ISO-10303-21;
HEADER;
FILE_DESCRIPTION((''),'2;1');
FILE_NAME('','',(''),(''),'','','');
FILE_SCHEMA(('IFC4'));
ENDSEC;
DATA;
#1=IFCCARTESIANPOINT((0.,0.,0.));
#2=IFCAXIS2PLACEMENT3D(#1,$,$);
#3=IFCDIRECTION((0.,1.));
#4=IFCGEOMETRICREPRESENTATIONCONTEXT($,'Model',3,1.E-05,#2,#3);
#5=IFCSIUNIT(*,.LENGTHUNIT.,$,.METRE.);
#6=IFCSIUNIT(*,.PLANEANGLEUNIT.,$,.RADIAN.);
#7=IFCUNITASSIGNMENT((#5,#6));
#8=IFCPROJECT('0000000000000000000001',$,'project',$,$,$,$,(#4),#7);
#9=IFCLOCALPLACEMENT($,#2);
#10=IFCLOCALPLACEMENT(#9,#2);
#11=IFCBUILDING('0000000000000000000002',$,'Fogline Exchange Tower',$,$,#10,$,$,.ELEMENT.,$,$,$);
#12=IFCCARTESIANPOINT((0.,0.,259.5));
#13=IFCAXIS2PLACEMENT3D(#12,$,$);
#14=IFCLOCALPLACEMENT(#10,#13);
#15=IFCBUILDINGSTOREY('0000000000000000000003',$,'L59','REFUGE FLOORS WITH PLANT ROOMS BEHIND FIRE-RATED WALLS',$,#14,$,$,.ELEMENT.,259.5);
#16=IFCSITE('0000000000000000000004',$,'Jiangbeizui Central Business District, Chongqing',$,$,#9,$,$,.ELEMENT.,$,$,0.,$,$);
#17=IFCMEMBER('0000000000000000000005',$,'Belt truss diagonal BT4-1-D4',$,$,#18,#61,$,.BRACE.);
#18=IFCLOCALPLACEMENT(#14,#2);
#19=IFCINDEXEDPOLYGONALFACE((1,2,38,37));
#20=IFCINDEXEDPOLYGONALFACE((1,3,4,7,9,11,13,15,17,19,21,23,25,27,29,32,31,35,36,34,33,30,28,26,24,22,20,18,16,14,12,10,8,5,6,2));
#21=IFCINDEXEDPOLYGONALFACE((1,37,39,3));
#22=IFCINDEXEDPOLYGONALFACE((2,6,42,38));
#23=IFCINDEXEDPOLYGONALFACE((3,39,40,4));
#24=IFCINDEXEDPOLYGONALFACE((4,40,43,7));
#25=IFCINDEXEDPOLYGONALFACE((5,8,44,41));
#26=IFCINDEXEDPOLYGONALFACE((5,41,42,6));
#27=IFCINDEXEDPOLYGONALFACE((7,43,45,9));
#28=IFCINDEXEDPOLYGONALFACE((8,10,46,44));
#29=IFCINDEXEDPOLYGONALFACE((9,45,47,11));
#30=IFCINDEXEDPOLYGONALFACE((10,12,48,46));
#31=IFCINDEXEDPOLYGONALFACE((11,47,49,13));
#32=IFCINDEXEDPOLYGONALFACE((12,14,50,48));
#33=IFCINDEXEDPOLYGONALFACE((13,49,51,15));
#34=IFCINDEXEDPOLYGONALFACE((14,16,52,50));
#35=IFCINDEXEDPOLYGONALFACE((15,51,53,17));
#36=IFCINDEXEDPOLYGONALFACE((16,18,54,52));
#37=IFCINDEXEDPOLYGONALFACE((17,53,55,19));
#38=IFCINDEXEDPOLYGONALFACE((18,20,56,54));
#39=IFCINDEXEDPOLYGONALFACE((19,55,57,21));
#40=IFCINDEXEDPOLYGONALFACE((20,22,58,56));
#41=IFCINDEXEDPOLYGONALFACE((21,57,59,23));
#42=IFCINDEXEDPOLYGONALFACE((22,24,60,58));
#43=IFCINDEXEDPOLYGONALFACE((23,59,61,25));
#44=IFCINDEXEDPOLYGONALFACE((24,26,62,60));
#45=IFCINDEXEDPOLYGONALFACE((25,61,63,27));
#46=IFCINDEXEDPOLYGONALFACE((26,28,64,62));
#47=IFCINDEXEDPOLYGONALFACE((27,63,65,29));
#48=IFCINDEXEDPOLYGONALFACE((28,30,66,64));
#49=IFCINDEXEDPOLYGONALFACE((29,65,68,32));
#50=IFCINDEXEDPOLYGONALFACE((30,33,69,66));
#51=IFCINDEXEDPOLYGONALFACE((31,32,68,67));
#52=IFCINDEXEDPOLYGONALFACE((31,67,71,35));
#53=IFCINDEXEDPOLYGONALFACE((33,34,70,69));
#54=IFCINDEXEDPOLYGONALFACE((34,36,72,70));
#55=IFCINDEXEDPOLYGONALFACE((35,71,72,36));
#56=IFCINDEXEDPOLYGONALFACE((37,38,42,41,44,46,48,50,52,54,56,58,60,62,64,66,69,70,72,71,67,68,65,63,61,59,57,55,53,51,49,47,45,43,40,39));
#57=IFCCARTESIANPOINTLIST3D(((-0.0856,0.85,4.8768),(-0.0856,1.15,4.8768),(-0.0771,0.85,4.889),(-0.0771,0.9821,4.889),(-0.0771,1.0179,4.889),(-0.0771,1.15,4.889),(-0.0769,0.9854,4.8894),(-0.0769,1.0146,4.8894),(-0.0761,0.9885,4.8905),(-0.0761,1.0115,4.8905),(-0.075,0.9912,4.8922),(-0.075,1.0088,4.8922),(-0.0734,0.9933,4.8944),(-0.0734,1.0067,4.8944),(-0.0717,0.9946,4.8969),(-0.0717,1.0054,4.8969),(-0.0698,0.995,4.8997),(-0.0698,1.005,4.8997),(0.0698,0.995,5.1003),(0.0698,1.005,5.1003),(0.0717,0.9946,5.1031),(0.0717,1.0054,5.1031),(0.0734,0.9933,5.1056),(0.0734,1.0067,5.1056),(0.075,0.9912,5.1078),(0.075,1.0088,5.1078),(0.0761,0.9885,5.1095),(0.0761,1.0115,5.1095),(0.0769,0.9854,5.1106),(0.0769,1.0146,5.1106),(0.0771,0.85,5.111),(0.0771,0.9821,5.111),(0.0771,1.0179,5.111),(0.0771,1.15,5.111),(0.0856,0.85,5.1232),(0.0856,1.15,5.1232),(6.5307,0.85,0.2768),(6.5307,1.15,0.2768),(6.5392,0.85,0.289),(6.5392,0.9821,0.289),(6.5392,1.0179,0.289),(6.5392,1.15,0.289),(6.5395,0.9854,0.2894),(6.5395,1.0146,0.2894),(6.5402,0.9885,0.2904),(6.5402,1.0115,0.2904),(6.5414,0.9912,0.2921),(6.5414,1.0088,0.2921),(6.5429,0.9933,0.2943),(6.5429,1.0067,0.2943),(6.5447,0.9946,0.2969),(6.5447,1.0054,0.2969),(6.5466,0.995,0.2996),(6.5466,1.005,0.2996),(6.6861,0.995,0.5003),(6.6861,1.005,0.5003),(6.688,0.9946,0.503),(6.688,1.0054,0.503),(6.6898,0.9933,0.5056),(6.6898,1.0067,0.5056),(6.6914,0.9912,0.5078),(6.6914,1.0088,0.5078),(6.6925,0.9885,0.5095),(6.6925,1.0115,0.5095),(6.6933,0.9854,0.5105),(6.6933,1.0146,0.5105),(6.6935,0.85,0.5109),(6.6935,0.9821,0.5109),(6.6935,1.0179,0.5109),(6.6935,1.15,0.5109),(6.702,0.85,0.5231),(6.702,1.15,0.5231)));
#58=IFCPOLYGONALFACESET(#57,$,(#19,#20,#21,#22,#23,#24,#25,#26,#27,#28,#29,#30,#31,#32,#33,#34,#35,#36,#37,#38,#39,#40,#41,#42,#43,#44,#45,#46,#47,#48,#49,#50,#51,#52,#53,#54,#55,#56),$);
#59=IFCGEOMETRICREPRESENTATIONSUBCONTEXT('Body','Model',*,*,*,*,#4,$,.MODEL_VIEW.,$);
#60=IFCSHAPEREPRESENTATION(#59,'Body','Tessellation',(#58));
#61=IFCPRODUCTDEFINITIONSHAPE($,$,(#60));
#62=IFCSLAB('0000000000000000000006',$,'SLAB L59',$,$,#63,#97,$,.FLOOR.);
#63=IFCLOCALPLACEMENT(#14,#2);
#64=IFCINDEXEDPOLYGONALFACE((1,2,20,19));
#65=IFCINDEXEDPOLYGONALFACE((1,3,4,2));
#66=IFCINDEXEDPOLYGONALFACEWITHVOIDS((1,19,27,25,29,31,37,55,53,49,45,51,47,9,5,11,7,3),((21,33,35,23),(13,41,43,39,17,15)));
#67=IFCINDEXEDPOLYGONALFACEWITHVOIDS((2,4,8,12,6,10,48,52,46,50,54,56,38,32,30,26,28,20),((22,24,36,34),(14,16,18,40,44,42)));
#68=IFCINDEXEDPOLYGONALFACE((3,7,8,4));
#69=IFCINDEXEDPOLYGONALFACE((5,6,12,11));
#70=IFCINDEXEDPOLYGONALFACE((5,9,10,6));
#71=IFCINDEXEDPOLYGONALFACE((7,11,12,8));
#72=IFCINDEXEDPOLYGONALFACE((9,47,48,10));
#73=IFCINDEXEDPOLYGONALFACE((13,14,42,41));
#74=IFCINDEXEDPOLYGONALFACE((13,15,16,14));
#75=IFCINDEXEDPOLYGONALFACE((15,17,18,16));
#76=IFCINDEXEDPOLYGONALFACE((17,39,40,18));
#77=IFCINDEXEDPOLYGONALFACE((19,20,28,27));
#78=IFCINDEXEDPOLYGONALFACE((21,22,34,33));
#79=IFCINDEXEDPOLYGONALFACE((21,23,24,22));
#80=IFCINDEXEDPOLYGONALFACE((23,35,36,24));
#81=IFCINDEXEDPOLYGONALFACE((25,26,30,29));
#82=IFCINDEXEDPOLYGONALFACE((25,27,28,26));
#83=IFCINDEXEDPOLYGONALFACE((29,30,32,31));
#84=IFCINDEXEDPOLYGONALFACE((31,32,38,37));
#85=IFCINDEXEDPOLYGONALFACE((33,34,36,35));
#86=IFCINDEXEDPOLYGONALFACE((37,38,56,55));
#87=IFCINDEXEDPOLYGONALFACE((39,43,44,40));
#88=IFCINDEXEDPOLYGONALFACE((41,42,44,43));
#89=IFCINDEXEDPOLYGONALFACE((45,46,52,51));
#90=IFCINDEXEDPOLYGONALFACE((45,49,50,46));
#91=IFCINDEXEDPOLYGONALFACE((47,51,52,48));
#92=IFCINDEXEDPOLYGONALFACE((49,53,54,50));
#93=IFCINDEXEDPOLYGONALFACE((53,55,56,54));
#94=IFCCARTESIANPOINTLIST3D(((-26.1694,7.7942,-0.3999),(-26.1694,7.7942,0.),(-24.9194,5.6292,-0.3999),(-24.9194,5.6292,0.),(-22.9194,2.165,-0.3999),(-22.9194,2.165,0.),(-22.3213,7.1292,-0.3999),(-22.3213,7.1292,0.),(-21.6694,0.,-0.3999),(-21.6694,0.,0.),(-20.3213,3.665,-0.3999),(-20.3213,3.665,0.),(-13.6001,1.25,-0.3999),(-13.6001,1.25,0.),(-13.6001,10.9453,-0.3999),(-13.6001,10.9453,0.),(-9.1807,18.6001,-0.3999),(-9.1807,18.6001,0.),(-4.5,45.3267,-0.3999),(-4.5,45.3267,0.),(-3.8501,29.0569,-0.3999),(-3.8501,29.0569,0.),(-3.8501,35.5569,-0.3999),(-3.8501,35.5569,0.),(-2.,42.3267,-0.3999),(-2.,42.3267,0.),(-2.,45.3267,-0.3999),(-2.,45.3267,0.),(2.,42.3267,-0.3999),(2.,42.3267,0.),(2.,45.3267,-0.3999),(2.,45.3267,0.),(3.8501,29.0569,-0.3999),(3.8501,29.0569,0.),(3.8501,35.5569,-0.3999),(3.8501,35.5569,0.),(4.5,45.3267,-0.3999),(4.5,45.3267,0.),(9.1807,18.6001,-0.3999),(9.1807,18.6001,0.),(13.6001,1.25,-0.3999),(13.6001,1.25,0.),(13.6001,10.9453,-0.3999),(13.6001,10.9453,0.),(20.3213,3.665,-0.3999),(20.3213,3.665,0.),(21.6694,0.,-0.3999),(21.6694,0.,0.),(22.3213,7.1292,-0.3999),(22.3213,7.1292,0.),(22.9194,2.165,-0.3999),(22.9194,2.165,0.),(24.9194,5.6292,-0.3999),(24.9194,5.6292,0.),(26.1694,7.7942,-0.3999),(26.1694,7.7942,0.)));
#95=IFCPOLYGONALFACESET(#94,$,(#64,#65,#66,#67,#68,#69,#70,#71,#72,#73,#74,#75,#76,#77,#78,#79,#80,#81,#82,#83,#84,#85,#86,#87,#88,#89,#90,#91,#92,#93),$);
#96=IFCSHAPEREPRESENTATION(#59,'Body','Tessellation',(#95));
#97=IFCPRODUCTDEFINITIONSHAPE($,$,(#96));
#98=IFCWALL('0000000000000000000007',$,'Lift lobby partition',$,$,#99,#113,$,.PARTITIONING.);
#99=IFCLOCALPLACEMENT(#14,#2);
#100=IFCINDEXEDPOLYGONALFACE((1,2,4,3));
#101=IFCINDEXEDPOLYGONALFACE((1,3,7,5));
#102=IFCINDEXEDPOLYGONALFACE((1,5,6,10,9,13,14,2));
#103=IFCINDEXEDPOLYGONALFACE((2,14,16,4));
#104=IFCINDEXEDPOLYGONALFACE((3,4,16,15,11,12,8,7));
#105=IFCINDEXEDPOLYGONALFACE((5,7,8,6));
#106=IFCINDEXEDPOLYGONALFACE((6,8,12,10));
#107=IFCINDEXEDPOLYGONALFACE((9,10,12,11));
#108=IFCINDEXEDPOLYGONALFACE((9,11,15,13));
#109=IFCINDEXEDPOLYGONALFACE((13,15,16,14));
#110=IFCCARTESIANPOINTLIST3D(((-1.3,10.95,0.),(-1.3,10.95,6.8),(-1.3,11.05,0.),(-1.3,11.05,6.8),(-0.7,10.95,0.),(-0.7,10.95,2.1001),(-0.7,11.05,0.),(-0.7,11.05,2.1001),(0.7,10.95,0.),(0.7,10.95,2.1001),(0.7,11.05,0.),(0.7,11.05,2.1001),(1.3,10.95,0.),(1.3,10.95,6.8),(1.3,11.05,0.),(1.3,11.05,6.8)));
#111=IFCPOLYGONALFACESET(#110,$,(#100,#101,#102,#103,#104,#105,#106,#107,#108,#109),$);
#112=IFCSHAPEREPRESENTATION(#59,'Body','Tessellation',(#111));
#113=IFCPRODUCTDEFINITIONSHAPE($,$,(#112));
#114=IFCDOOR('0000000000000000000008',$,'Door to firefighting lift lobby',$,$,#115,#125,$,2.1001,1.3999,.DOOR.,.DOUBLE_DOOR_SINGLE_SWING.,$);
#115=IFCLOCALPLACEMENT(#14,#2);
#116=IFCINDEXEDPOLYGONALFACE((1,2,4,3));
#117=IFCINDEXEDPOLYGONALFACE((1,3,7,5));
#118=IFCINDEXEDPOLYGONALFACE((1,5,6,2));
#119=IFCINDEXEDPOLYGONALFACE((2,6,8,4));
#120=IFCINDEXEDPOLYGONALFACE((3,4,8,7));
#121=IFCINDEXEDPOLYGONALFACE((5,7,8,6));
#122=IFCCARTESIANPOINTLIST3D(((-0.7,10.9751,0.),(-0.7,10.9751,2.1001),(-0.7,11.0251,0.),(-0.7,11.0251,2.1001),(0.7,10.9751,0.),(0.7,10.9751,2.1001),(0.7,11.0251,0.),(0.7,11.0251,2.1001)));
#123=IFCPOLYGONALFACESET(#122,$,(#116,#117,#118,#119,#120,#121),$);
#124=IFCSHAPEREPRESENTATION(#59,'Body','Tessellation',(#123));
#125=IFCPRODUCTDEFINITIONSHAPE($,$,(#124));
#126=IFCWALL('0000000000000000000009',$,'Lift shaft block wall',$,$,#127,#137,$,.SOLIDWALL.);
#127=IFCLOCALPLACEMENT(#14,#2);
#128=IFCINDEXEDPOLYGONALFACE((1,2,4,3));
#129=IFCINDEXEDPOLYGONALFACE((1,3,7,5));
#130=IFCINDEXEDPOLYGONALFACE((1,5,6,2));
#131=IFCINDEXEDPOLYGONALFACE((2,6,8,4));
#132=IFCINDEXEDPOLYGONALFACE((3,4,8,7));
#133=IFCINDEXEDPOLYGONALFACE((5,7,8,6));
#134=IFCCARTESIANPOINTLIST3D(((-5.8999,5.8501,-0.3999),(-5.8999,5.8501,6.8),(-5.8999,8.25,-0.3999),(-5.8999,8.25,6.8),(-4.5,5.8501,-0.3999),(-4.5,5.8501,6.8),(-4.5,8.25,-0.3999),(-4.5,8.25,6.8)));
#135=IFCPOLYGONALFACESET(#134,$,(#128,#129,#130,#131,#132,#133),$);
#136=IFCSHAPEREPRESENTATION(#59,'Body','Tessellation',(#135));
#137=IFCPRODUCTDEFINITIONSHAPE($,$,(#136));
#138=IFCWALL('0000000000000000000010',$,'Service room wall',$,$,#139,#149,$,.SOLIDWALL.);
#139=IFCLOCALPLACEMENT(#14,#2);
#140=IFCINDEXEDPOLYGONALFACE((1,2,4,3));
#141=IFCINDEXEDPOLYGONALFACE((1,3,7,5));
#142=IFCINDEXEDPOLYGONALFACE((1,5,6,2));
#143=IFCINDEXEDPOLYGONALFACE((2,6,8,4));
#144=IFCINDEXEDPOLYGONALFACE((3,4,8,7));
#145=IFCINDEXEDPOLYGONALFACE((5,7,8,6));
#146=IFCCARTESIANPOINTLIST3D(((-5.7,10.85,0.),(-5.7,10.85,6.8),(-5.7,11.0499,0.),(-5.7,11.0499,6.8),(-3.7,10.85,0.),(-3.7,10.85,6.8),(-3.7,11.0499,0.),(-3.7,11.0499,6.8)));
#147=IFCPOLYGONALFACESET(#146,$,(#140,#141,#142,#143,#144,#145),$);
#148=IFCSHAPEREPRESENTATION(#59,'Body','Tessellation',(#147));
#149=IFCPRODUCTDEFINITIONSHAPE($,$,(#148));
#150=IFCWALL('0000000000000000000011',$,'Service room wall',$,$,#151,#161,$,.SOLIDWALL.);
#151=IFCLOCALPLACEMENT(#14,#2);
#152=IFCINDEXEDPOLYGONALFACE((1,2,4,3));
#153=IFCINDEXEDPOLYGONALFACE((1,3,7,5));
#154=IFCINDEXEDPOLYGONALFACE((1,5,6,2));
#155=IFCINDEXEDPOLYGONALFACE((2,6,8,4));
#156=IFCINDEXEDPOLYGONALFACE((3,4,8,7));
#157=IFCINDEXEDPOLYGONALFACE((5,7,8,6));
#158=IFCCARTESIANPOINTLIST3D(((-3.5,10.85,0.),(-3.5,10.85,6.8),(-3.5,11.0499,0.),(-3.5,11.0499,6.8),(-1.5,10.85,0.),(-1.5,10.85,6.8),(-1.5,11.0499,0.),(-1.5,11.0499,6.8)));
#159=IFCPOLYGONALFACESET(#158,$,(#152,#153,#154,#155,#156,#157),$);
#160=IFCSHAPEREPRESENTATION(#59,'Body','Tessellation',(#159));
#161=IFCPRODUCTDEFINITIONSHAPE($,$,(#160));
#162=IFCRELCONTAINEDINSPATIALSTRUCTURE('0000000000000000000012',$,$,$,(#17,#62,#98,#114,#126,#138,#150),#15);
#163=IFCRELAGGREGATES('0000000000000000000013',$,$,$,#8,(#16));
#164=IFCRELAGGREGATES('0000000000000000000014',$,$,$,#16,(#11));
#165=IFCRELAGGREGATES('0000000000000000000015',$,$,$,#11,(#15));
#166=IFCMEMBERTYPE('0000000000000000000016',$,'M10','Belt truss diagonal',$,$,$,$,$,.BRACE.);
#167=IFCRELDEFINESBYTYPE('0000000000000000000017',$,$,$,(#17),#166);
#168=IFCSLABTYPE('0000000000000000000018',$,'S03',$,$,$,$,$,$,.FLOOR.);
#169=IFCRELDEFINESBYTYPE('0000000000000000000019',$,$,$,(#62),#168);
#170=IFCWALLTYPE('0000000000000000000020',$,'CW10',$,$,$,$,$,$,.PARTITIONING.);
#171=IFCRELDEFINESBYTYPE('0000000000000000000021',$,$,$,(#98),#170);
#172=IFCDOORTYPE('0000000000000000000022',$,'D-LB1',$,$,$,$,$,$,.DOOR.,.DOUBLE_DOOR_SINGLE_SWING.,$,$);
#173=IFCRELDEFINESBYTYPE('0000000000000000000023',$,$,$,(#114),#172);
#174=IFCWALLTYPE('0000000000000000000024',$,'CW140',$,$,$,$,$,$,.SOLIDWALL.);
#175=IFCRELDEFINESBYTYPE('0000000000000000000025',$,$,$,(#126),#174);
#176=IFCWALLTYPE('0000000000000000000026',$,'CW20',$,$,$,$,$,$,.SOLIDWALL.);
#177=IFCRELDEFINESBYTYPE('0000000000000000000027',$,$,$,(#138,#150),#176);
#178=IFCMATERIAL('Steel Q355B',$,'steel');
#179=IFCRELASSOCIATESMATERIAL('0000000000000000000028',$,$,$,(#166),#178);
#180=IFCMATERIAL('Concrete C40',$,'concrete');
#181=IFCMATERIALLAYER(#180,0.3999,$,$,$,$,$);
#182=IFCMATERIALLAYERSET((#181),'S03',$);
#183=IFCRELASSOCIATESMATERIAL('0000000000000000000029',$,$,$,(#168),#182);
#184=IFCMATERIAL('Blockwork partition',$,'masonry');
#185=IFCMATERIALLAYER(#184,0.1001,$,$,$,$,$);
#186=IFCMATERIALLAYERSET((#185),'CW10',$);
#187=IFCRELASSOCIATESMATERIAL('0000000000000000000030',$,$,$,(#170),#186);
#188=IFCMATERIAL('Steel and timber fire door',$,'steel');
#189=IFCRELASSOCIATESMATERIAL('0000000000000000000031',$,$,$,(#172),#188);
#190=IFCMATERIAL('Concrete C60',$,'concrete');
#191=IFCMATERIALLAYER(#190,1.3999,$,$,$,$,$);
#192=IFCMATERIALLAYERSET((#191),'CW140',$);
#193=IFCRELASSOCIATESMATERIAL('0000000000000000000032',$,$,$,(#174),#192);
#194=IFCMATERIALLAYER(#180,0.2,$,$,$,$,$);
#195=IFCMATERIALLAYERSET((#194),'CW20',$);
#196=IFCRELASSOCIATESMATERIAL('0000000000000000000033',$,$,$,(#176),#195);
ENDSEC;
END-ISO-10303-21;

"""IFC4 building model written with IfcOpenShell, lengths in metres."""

from ifc_helpers import new_model, si_unit, direction, frame, frame_2d, origin, origin_2d, place, context, subcontext, project, spatial, polyline, rectangle, i_section, outline, extrude, material, layer, layer_set, material_profile, profile_set, type_object, element, fill, save


model = new_model("IFC4")

# Units and contexts
model_context = context("Model", 3, precision=1e-05, world=origin(), true_north=direction((0.0, 1.0)))
body_context = subcontext(model_context, "Body", "Model", "MODEL_VIEW")
ifc_project = project(units=[si_unit("LENGTHUNIT", "METRE"), si_unit("PLANEANGLEUNIT", "RADIAN")], contexts=[model_context])

# Site, building, storey
site_placement = place(None, origin())
site = spatial("IfcSite", under=ifc_project, at=site_placement, Name="Jiangbeizui Central Business District, Chongqing", CompositionType="ELEMENT", RefElevation=0.0)
building_placement = place(site_placement, origin())
building = spatial("IfcBuilding", under=site, at=building_placement, Name="Fogline Exchange Tower", CompositionType="ELEMENT")
storey_placement = place(building_placement, frame((0.0, 0.0, 259.5)))
storey = spatial("IfcBuildingStorey", under=building, at=storey_placement, Name="L59", Description="REFUGE FLOORS WITH PLANT ROOMS BEHIND FIRE-RATED WALLS", CompositionType="ELEMENT", Elevation=259.5)

# Member
ifc_material_1 = material(Name="Steel Q355B", Category="steel")
ifc_material_profile = material_profile(ifc_material_1, i_section(OverallWidth=0.3, OverallDepth=0.3, WebThickness=0.01, FlangeThickness=0.0149, FilletRadius=0.0129, at=origin_2d()), Name="HW300X300X10X15")
ifc_profile_set = profile_set([ifc_material_profile], Name="Steel Q355B")
member_type = type_object("IfcMemberType", Name="M10", Description="Belt truss diagonal", PredefinedType="BRACE", material=ifc_profile_set)
member_placement = place(storey_placement, frame((0.0, 1.0, 5.0), z_axis=(0.82106, 0.0, -0.570843), x_axis=(0.0, 1.0, 0.0)))
element("IfcMember", 1, at=member_placement, inside=storey, type_object=member_type, Name="Belt truss diagonal BT4-1-D4", PredefinedType="BRACE", context=body_context, shape_type="SweptSolid", body=[
    extrude(i_section(OverallWidth=0.3, OverallDepth=0.3, WebThickness=0.01, FlangeThickness=0.0149, FilletRadius=0.0129, at=origin_2d()), origin(), (0.0, 0.0, 1.0), 8.0583),
])

# Slab
ifc_material_2 = material(Name="Concrete C40", Category="concrete")
ifc_layer_1 = layer(ifc_material_2, 0.3999)
ifc_layer_set_1 = layer_set([ifc_layer_1], Name="S03")
slab_type = type_object("IfcSlabType", Name="S03", PredefinedType="FLOOR", material=ifc_layer_set_1)
slab_placement = place(storey_placement, frame((0.0, 0.0, -0.3999)))
element("IfcSlab", 2, at=slab_placement, inside=storey, type_object=slab_type, Name="SLAB L59", PredefinedType="FLOOR", context=body_context, shape_type="SweptSolid", body=[
    extrude(outline(polyline([(-2.0, 45.3267), (-4.5, 45.3267), (-26.1694, 7.7942), (-24.9194, 5.6292), (-22.3213, 7.1292), (-20.3213, 3.665), (-22.9194, 2.165), (-21.6694, 0.0), (21.6694, 0.0), (22.9194, 2.165), (20.3213, 3.665), (22.3213, 7.1292), (24.9194, 5.6292), (26.1694, 7.7942), (4.5, 45.3267), (2.0, 45.3267), (2.0, 42.3267), (-2.0, 42.3267), (-2.0, 45.3267)]), holes=[polyline([(13.6001, 10.9453), (13.6001, 1.25), (-13.6001, 1.25), (-13.6001, 10.9453), (-9.1807, 18.6001), (9.1807, 18.6001), (13.6001, 10.9453)]), polyline([(3.8501, 35.5569), (3.8501, 29.0569), (-3.8501, 29.0569), (-3.8501, 35.5569), (3.8501, 35.5569)])]), origin(), (0.0, 0.0, 1.0), 0.3999),
])

# Wall, opening, door
ifc_material_3 = material(Name="Blockwork partition", Category="masonry")
ifc_layer_2 = layer(ifc_material_3, 0.1001)
ifc_layer_set_2 = layer_set([ifc_layer_2], Name="CW10")
wall_type_1 = type_object("IfcWallType", Name="CW10", PredefinedType="PARTITIONING", material=ifc_layer_set_2)
wall_1_placement = place(storey_placement, frame((-1.3, 11.0, 0.0), z_axis=(0.0, 0.0, 1.0), x_axis=(1.0, 0.0, 0.0)))
wall_1 = element("IfcWall", 3, at=wall_1_placement, inside=storey, type_object=wall_type_1, Name="Lift lobby partition", PredefinedType="PARTITIONING", context=body_context, shape_type="SweptSolid", body=[
    extrude(rectangle(XDim=2.6001, YDim=0.1001, at=frame_2d((1.3, 0.0))), origin(), (0.0, 0.0, 1.0), 6.8),
])
opening_1_placement = place(wall_1_placement, frame((0.6001, 0.0, 0.0)))
opening_1 = element("IfcOpeningElement", 4, at=opening_1_placement, cuts=wall_1, PredefinedType="OPENING", context=body_context, shape_type="SweptSolid", body=[
    extrude(rectangle(XDim=1.3999, YDim=2.1001, at=frame_2d((0.7, 1.05))), frame((0.0, 0.0601, 0.0), z_axis=(0.0, -1.0, 0.0), x_axis=(1.0, 0.0, 0.0)), (0.0, 0.0, 1.0), 0.1201),
])
ifc_material_4 = material(Name="Steel and timber fire door", Category="steel")
door_type_1 = type_object("IfcDoorType", Name="D-LB1", OperationType="DOUBLE_DOOR_SINGLE_SWING", PredefinedType="DOOR", material=ifc_material_4)
door_1_placement = place(opening_1_placement, frame((1.3999, 0.0, 0.0), z_axis=(0.0, 0.0, 1.0), x_axis=(-1.0, 0.0, 0.0)))
door_1 = element("IfcDoor", 5, at=door_1_placement, inside=storey, type_object=door_type_1, Name="Door to firefighting lift lobby", OperationType="DOUBLE_DOOR_SINGLE_SWING", OverallHeight=2.1001, OverallWidth=1.3999, PredefinedType="DOOR", context=body_context, shape_type="SweptSolid", body=[
    extrude(rectangle(XDim=1.3999, YDim=2.1001, at=frame_2d((0.7, 1.05))), frame((0.0, 0.0249, 0.0), z_axis=(0.0, -1.0, 0.0), x_axis=(1.0, 0.0, 0.0)), (0.0, 0.0, 1.0), 0.05),
])
fill(opening_1, door_1)

# Walls
ifc_material_5 = material(Name="Concrete C60", Category="concrete")
ifc_layer_3 = layer(ifc_material_5, 1.3999)
ifc_layer_set_3 = layer_set([ifc_layer_3], Name="CW140")
wall_type_2 = type_object("IfcWallType", Name="CW140", PredefinedType="SOLIDWALL", material=ifc_layer_set_3)
wall_2_placement = place(storey_placement, frame((-5.2, 5.8501, -0.3999), z_axis=(0.0, 0.0, 1.0), x_axis=(0.0, 1.0, 0.0)))
element("IfcWall", 6, at=wall_2_placement, inside=storey, type_object=wall_type_2, Name="Lift shaft block wall", PredefinedType="SOLIDWALL", context=body_context, shape_type="SweptSolid", body=[
    extrude(rectangle(XDim=2.3999, YDim=1.3999, at=frame_2d((1.2, 0.0))), origin(), (0.0, 0.0, 1.0), 7.2),
])
ifc_layer_4 = layer(ifc_material_2, 0.2)
ifc_layer_set_4 = layer_set([ifc_layer_4], Name="CW20")
wall_type_3 = type_object("IfcWallType", Name="CW20", PredefinedType="SOLIDWALL", material=ifc_layer_set_4)
for number, where, z_axis, x_axis, name in (
    (7, (-5.7, 10.95, 0.0), (0.0, 0.0, 1.0), (1.0, 0.0, 0.0), "Service room wall"),
    (8, (-3.5, 10.95, 0.0), (0.0, 0.0, 1.0), (1.0, 0.0, 0.0), "Service room wall"),
):
    element("IfcWall", number, at=place(storey_placement, frame(where, z_axis=z_axis, x_axis=x_axis)), inside=storey, type_object=wall_type_3, Name=name, PredefinedType="SOLIDWALL", context=body_context, shape_type="SweptSolid", body=[
        extrude(rectangle(XDim=2.0, YDim=0.2, at=frame_2d((1.0, 0.0))), origin(), (0.0, 0.0, 1.0), 6.8),
    ])

save(model, "model.ifc")
